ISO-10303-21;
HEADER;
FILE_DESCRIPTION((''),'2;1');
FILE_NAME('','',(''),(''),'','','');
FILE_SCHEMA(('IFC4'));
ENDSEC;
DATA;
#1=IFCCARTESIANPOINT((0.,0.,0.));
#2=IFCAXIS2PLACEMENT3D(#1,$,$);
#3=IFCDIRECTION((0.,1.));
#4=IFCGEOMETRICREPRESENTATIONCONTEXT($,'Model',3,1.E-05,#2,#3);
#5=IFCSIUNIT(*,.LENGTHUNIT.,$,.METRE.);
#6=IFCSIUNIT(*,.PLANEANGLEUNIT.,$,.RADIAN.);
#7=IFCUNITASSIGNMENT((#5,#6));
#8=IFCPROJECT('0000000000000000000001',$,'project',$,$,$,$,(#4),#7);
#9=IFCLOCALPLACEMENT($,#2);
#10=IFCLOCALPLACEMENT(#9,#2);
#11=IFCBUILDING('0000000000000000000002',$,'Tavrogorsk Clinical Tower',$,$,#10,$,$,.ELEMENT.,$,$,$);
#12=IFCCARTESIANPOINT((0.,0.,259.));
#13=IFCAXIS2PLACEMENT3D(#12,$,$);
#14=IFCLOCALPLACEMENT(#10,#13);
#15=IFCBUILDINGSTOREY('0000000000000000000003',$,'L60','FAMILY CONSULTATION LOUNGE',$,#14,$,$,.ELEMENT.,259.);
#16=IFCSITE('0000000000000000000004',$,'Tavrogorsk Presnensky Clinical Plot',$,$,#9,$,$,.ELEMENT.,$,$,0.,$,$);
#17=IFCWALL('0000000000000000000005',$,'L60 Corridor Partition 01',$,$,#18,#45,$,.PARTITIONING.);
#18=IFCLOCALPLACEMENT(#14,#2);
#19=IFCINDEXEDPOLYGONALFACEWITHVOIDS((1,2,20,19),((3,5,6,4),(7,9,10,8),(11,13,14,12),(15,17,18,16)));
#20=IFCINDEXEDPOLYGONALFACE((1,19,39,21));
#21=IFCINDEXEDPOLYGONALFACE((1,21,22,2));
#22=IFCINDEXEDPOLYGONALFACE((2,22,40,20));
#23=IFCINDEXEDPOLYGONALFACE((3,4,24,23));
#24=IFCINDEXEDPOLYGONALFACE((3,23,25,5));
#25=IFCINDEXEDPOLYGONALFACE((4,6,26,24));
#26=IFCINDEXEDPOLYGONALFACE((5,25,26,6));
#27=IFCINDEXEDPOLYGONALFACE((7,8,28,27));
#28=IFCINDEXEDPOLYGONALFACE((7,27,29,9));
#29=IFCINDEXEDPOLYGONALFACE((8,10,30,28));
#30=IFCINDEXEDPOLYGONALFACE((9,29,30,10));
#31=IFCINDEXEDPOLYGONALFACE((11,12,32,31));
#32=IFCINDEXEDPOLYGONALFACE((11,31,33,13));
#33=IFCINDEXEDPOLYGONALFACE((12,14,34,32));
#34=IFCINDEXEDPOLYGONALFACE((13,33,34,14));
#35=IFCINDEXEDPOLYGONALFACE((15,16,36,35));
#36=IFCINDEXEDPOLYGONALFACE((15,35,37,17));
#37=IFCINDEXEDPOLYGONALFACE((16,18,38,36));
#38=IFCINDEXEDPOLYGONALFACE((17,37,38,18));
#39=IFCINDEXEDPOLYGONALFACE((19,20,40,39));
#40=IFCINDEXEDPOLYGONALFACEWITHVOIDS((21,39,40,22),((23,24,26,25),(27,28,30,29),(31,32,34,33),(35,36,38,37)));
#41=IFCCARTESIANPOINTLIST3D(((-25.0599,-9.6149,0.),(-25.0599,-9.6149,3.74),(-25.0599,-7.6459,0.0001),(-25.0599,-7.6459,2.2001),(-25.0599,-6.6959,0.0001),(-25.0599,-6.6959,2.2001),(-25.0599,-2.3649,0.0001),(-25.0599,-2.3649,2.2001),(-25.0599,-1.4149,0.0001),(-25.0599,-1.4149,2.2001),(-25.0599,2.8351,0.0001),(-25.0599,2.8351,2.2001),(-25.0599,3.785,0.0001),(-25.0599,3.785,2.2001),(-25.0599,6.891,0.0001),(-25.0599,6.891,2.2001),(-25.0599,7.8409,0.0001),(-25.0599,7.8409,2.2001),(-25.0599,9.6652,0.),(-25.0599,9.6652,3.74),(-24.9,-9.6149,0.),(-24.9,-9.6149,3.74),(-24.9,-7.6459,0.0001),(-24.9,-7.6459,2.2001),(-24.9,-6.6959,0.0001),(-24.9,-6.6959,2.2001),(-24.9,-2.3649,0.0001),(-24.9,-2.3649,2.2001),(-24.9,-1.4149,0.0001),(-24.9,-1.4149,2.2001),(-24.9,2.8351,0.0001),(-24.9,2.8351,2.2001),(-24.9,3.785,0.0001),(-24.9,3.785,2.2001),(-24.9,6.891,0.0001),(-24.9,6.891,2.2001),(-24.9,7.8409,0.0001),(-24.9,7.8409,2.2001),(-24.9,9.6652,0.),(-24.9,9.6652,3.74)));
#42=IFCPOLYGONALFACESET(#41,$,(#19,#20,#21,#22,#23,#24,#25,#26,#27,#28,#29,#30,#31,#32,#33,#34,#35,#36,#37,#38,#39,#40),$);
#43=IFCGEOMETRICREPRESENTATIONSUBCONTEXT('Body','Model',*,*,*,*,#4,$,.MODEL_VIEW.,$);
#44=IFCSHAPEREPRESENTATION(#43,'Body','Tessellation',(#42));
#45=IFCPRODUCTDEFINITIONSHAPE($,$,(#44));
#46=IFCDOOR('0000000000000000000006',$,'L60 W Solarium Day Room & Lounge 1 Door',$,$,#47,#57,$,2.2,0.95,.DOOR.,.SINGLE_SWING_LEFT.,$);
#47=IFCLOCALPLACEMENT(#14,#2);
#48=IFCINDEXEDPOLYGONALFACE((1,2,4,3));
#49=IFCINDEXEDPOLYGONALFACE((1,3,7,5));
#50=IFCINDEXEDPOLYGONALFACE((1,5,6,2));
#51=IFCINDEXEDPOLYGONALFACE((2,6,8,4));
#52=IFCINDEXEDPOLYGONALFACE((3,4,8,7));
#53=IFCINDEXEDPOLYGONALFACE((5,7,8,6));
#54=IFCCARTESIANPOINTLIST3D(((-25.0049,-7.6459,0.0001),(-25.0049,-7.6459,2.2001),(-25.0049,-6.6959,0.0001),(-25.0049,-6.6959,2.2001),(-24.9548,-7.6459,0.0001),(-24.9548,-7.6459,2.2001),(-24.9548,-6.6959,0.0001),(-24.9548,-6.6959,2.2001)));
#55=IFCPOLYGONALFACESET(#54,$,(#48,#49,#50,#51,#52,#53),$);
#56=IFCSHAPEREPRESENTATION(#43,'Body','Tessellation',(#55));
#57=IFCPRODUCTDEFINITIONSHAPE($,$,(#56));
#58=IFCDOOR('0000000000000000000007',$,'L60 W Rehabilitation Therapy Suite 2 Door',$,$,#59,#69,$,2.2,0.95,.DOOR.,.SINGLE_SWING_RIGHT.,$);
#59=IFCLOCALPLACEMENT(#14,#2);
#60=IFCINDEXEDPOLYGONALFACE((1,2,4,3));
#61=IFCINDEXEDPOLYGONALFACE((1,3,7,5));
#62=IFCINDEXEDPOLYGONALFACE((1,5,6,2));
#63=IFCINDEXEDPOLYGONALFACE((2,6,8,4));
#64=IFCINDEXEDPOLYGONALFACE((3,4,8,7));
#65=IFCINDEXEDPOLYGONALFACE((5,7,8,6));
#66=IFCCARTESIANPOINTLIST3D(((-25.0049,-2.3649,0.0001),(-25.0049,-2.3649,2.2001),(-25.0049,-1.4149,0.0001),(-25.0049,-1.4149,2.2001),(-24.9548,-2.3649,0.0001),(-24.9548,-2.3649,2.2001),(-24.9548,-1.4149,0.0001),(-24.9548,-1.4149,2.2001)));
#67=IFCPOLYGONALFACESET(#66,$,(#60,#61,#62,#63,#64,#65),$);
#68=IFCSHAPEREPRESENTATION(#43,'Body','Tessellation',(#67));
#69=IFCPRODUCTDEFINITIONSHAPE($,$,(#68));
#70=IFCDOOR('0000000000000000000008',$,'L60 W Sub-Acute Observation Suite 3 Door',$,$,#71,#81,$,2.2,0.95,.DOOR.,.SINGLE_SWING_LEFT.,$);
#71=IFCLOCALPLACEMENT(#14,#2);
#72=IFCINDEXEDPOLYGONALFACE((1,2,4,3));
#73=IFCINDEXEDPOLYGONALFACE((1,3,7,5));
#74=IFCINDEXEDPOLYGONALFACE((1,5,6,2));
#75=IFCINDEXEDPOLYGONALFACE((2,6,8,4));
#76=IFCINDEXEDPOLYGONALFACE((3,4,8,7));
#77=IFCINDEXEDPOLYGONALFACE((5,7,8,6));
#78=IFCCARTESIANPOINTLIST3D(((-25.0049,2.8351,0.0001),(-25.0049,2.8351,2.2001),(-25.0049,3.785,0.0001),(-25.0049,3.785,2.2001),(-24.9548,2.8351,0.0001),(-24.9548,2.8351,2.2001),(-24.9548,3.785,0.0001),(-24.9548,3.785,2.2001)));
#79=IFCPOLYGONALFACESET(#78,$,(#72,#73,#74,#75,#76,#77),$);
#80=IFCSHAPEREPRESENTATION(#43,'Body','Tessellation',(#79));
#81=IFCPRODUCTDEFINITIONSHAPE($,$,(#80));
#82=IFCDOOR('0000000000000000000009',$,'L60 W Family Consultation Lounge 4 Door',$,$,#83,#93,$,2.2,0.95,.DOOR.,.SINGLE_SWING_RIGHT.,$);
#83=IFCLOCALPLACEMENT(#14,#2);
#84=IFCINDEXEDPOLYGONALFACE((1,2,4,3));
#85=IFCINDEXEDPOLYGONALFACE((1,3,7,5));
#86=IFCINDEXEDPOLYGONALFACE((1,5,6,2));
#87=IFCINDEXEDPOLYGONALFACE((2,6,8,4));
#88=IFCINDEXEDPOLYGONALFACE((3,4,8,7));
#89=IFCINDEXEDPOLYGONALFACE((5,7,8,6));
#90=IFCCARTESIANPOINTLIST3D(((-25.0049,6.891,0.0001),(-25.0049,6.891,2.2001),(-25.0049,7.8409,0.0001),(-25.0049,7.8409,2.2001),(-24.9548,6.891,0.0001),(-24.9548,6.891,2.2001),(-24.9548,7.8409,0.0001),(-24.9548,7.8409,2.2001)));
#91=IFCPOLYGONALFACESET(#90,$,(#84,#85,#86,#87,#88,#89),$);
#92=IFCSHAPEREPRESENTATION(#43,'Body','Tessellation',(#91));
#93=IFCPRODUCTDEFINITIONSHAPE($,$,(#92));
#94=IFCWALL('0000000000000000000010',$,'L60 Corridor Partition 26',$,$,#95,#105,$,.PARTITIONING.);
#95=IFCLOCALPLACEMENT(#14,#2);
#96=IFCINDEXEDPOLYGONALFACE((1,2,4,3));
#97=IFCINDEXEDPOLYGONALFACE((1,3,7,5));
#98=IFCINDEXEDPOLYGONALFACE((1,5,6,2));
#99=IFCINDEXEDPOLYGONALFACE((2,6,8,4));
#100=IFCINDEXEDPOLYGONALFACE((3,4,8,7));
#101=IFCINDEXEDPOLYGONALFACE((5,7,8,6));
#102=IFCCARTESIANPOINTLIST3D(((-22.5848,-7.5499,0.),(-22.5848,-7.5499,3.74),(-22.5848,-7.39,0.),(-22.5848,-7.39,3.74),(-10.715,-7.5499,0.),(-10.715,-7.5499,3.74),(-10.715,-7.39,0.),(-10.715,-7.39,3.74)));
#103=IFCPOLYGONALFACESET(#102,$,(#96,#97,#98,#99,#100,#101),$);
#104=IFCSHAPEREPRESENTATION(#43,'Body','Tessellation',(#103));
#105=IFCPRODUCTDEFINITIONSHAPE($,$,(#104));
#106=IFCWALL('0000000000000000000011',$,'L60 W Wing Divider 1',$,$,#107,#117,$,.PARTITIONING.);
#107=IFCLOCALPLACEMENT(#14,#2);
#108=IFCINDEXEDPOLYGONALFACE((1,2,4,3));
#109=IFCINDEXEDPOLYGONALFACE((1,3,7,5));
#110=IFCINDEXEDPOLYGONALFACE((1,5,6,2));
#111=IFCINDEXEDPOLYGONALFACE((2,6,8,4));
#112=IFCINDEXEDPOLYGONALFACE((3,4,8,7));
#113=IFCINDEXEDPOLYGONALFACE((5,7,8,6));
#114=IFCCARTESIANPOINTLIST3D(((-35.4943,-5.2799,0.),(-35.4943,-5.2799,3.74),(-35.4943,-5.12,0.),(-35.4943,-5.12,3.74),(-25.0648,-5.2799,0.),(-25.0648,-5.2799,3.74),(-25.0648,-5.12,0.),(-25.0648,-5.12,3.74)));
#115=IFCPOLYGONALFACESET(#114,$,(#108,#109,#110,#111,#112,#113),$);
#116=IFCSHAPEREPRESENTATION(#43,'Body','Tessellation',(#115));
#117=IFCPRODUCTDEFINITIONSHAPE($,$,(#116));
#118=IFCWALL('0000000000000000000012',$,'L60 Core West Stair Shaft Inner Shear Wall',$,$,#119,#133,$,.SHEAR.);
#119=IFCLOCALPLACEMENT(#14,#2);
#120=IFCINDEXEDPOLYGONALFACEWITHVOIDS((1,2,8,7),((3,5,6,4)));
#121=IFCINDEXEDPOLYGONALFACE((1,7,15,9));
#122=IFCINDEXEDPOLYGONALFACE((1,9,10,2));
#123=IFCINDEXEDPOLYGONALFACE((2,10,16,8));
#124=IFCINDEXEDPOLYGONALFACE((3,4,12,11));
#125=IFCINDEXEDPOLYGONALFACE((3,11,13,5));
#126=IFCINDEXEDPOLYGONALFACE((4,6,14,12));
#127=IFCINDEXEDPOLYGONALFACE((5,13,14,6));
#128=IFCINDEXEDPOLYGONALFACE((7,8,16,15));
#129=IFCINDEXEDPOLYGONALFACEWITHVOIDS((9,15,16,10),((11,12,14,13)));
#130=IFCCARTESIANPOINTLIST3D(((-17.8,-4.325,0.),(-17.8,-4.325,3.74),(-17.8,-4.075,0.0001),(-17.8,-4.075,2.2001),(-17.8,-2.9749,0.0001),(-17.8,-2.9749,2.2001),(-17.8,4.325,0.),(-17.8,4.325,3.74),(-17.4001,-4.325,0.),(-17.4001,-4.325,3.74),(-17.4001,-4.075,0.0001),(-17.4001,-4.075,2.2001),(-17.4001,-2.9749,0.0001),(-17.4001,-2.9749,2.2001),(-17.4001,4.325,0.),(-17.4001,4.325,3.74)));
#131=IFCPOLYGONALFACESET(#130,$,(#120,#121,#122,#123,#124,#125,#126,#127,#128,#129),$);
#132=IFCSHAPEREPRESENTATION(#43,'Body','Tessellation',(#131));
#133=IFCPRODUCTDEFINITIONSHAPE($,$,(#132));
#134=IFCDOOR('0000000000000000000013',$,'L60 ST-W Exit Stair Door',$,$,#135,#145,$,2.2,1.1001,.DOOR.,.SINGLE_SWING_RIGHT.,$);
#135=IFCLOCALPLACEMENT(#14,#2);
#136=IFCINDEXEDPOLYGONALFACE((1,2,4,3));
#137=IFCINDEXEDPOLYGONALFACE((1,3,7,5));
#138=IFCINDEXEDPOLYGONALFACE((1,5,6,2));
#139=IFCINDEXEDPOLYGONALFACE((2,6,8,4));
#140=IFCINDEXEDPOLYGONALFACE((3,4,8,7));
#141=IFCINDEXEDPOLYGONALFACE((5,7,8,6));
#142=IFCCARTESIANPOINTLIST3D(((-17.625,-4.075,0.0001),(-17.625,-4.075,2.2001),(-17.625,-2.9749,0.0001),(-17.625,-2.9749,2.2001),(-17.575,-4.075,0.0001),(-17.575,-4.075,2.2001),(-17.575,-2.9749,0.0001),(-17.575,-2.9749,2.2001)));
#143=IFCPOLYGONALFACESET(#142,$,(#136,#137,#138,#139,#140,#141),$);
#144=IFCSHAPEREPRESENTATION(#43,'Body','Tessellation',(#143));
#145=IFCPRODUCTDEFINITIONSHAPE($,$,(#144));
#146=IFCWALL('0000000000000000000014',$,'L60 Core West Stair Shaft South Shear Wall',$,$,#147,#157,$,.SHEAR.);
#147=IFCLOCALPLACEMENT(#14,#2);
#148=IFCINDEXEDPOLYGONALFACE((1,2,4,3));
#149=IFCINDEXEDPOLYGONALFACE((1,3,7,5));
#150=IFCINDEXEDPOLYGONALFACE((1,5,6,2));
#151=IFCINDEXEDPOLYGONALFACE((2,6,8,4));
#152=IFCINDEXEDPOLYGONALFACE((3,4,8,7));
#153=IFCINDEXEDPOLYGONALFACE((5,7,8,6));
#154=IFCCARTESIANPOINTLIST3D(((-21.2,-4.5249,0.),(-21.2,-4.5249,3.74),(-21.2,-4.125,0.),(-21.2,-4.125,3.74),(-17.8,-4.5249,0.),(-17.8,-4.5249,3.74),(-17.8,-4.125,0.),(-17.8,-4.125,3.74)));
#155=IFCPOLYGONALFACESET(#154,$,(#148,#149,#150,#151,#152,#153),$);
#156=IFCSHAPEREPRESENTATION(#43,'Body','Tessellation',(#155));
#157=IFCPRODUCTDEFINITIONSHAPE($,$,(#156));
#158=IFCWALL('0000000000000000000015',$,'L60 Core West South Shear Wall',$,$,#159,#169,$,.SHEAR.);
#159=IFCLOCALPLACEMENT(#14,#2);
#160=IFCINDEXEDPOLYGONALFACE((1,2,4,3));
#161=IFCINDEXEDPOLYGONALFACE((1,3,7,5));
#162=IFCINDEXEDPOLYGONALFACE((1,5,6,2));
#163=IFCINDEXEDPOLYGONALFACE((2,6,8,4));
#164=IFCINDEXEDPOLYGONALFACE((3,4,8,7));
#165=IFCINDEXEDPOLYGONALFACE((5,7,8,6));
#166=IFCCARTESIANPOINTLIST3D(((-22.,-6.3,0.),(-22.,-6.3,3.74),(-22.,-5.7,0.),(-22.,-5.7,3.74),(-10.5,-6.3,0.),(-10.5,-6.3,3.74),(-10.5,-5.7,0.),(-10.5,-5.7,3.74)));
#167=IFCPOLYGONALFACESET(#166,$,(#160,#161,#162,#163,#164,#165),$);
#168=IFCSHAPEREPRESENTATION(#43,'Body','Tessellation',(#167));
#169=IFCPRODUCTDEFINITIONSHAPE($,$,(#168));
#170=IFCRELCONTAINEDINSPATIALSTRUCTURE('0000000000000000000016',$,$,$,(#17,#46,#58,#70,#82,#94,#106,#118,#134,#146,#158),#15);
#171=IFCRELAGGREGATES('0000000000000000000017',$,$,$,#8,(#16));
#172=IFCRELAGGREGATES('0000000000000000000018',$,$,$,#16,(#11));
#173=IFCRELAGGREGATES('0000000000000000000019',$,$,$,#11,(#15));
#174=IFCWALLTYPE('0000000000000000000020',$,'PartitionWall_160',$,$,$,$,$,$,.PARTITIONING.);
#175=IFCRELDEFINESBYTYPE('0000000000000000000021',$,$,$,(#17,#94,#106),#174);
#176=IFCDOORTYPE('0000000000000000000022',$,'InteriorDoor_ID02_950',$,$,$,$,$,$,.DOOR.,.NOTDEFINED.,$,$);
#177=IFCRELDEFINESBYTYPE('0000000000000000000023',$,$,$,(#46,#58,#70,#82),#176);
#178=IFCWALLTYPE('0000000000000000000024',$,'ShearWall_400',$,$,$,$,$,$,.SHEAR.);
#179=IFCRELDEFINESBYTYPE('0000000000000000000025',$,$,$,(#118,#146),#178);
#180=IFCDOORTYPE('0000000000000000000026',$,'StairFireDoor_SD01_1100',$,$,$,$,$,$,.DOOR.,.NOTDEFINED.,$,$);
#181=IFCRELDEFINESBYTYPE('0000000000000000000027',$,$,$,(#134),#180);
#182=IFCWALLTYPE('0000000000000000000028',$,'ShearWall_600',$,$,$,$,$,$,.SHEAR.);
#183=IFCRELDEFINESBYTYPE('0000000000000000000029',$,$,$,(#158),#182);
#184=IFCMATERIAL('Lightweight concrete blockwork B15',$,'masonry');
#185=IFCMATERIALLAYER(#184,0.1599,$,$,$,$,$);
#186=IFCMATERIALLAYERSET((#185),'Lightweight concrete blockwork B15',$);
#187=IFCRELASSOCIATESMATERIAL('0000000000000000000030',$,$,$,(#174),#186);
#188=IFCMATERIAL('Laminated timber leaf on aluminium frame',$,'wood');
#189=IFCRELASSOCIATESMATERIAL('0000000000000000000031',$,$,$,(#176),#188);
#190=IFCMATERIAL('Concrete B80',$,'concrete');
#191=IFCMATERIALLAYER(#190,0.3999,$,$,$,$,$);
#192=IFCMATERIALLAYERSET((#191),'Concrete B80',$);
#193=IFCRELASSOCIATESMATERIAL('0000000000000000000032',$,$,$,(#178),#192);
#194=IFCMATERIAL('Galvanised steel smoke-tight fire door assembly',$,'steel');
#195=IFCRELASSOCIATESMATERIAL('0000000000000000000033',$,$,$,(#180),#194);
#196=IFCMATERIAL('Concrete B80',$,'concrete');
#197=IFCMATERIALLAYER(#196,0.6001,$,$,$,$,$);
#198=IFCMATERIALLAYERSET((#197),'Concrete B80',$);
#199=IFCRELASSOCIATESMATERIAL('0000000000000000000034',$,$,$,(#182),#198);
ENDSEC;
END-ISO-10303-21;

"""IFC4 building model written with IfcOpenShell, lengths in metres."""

from ifc_helpers import new_model, si_unit, direction, frame, frame_2d, origin, place, context, subcontext, project, spatial, rectangle, extrude, material, layer, layer_set, type_object, element, fill, save


model = new_model("IFC4")

# Units and contexts
model_context = context("Model", 3, precision=1e-05, world=origin(), true_north=direction((0.0, 1.0)))
body_context = subcontext(model_context, "Body", "Model", "MODEL_VIEW")
ifc_project = project(units=[si_unit("LENGTHUNIT", "METRE"), si_unit("PLANEANGLEUNIT", "RADIAN")], contexts=[model_context])

# Site, building, storey
site_placement = place(None, origin())
site = spatial("IfcSite", under=ifc_project, at=site_placement, Name="Tavrogorsk Presnensky Clinical Plot", CompositionType="ELEMENT", RefElevation=0.0)
building_placement = place(site_placement, origin())
building = spatial("IfcBuilding", under=site, at=building_placement, Name="Tavrogorsk Clinical Tower", CompositionType="ELEMENT")
storey_placement = place(building_placement, frame((0.0, 0.0, 259.0)))
storey = spatial("IfcBuildingStorey", under=building, at=storey_placement, Name="L60", Description="FAMILY CONSULTATION LOUNGE", CompositionType="ELEMENT", Elevation=259.0)

# Wall, openings, doors
ifc_material_1 = material(Name="Lightweight concrete blockwork B15", Category="masonry")
ifc_layer_1 = layer(ifc_material_1, 0.1599)
ifc_layer_set_1 = layer_set([ifc_layer_1], Name="Lightweight concrete blockwork B15")
wall_type_1 = type_object("IfcWallType", Name="PartitionWall_160", PredefinedType="PARTITIONING", material=ifc_layer_set_1)
wall_1_placement = place(storey_placement, frame((-24.98, -9.615, 0.0), z_axis=(0.0, 0.0, 1.0), x_axis=(0.0, 1.0, 0.0)))
wall_1 = element("IfcWall", 1, at=wall_1_placement, inside=storey, type_object=wall_type_1, Name="L60 Corridor Partition 01", PredefinedType="PARTITIONING", context=body_context, shape_type="SweptSolid", body=[
    extrude(rectangle(XDim=19.28, YDim=0.1599, at=frame_2d((9.6401, 0.0))), origin(), (0.0, 0.0, 1.0), 3.74),
])
opening_1_placement = place(wall_1_placement, frame((1.969, 0.0, 0.0)))
opening_1 = element("IfcOpeningElement", 2, at=opening_1_placement, cuts=wall_1, PredefinedType="OPENING", context=body_context, shape_type="SweptSolid", body=[
    extrude(rectangle(XDim=0.95, YDim=2.2, at=frame_2d((0.4751, 1.1001))), frame((0.0, 0.0898, 0.0), z_axis=(0.0, -1.0, 0.0), x_axis=(1.0, 0.0, 0.0)), (0.0, 0.0, 1.0), 0.1799),
])
opening_2_placement = place(wall_1_placement, frame((7.25, 0.0, 0.0)))
opening_2 = element("IfcOpeningElement", 3, at=opening_2_placement, cuts=wall_1, PredefinedType="OPENING", context=body_context, shape_type="SweptSolid", body=[
    extrude(rectangle(XDim=0.95, YDim=2.2, at=frame_2d((0.4751, 1.1001))), frame((0.0, 0.0898, 0.0), z_axis=(0.0, -1.0, 0.0), x_axis=(1.0, 0.0, 0.0)), (0.0, 0.0, 1.0), 0.1799),
])
opening_3_placement = place(wall_1_placement, frame((12.45, 0.0, 0.0)))
opening_3 = element("IfcOpeningElement", 4, at=opening_3_placement, cuts=wall_1, PredefinedType="OPENING", context=body_context, shape_type="SweptSolid", body=[
    extrude(rectangle(XDim=0.95, YDim=2.2, at=frame_2d((0.4751, 1.1001))), frame((0.0, 0.0898, 0.0), z_axis=(0.0, -1.0, 0.0), x_axis=(1.0, 0.0, 0.0)), (0.0, 0.0, 1.0), 0.1799),
])
opening_4_placement = place(wall_1_placement, frame((16.5059, 0.0, 0.0)))
opening_4 = element("IfcOpeningElement", 5, at=opening_4_placement, cuts=wall_1, PredefinedType="OPENING", context=body_context, shape_type="SweptSolid", body=[
    extrude(rectangle(XDim=0.95, YDim=2.2, at=frame_2d((0.4751, 1.1001))), frame((0.0, 0.0898, 0.0), z_axis=(0.0, -1.0, 0.0), x_axis=(1.0, 0.0, 0.0)), (0.0, 0.0, 1.0), 0.1799),
])
ifc_material_2 = material(Name="Laminated timber leaf on aluminium frame", Category="wood")
door_type_1 = type_object("IfcDoorType", Name="InteriorDoor_ID02_950", OperationType="NOTDEFINED", PredefinedType="DOOR", material=ifc_material_2)
door_1_placement = place(opening_1_placement, origin())
door_1 = element("IfcDoor", 6, at=door_1_placement, inside=storey, type_object=door_type_1, Name="L60 W Solarium Day Room & Lounge 1 Door", OperationType="SINGLE_SWING_LEFT", OverallHeight=2.2, OverallWidth=0.95, PredefinedType="DOOR", context=body_context, shape_type="SweptSolid", body=[
    extrude(rectangle(XDim=0.95, YDim=2.2, at=frame_2d((0.4751, 1.1001))), frame((0.0, 0.0249, 0.0), z_axis=(0.0, -1.0, 0.0), x_axis=(1.0, 0.0, 0.0)), (0.0, 0.0, 1.0), 0.05),
])
fill(opening_1, door_1)
door_2_placement = place(opening_2_placement, origin())
door_2 = element("IfcDoor", 7, at=door_2_placement, inside=storey, type_object=door_type_1, Name="L60 W Rehabilitation Therapy Suite 2 Door", OperationType="SINGLE_SWING_RIGHT", OverallHeight=2.2, OverallWidth=0.95, PredefinedType="DOOR", context=body_context, shape_type="SweptSolid", body=[
    extrude(rectangle(XDim=0.95, YDim=2.2, at=frame_2d((0.4751, 1.1001))), frame((0.0, 0.0249, 0.0), z_axis=(0.0, -1.0, 0.0), x_axis=(1.0, 0.0, 0.0)), (0.0, 0.0, 1.0), 0.05),
])
fill(opening_2, door_2)
door_3_placement = place(opening_3_placement, origin())
door_3 = element("IfcDoor", 8, at=door_3_placement, inside=storey, type_object=door_type_1, Name="L60 W Sub-Acute Observation Suite 3 Door", OperationType="SINGLE_SWING_LEFT", OverallHeight=2.2, OverallWidth=0.95, PredefinedType="DOOR", context=body_context, shape_type="SweptSolid", body=[
    extrude(rectangle(XDim=0.95, YDim=2.2, at=frame_2d((0.4751, 1.1001))), frame((0.0, 0.0249, 0.0), z_axis=(0.0, -1.0, 0.0), x_axis=(1.0, 0.0, 0.0)), (0.0, 0.0, 1.0), 0.05),
])
fill(opening_3, door_3)
door_4_placement = place(opening_4_placement, origin())
door_4 = element("IfcDoor", 9, at=door_4_placement, inside=storey, type_object=door_type_1, Name="L60 W Family Consultation Lounge 4 Door", OperationType="SINGLE_SWING_RIGHT", OverallHeight=2.2, OverallWidth=0.95, PredefinedType="DOOR", context=body_context, shape_type="SweptSolid", body=[
    extrude(rectangle(XDim=0.95, YDim=2.2, at=frame_2d((0.4751, 1.1001))), frame((0.0, 0.0249, 0.0), z_axis=(0.0, -1.0, 0.0), x_axis=(1.0, 0.0, 0.0)), (0.0, 0.0, 1.0), 0.05),
])
fill(opening_4, door_4)

# Walls
wall_2_placement = place(storey_placement, frame((-22.585, -7.47, 0.0), z_axis=(0.0, 0.0, 1.0), x_axis=(1.0, 0.0, 0.0)))
element("IfcWall", 10, at=wall_2_placement, inside=storey, type_object=wall_type_1, Name="L60 Corridor Partition 26", PredefinedType="PARTITIONING", context=body_context, shape_type="SweptSolid", body=[
    extrude(rectangle(XDim=11.8699, YDim=0.1599, at=frame_2d((5.9351, 0.0))), origin(), (0.0, 0.0, 1.0), 3.74),
])
wall_3_placement = place(storey_placement, frame((-35.4944, -5.2, 0.0), z_axis=(0.0, 0.0, 1.0), x_axis=(1.0, 0.0, 0.0)))
element("IfcWall", 11, at=wall_3_placement, inside=storey, type_object=wall_type_1, Name="L60 W Wing Divider 1", PredefinedType="PARTITIONING", context=body_context, shape_type="SweptSolid", body=[
    extrude(rectangle(XDim=10.4294, YDim=0.1599, at=frame_2d((5.2148, 0.0))), origin(), (0.0, 0.0, 1.0), 3.74),
])

# Wall, opening, door
ifc_material_3 = material(Name="Concrete B80", Category="concrete")
ifc_layer_2 = layer(ifc_material_3, 0.3999)
ifc_layer_set_2 = layer_set([ifc_layer_2], Name="Concrete B80")
wall_type_2 = type_object("IfcWallType", Name="ShearWall_400", PredefinedType="SHEAR", material=ifc_layer_set_2)
wall_4_placement = place(storey_placement, frame((-17.6001, -4.325, 0.0), z_axis=(0.0, 0.0, 1.0), x_axis=(0.0, 1.0, 0.0)))
wall_4 = element("IfcWall", 12, at=wall_4_placement, inside=storey, type_object=wall_type_2, Name="L60 Core West Stair Shaft Inner Shear Wall", PredefinedType="SHEAR", context=body_context, shape_type="SweptSolid", body=[
    extrude(rectangle(XDim=8.6499, YDim=0.3999, at=frame_2d((4.325, 0.0))), origin(), (0.0, 0.0, 1.0), 3.74),
])
opening_5_placement = place(wall_4_placement, frame((0.25, 0.0, 0.0)))
opening_5 = element("IfcOpeningElement", 13, at=opening_5_placement, cuts=wall_4, PredefinedType="OPENING", context=body_context, shape_type="SweptSolid", body=[
    extrude(rectangle(XDim=1.1001, YDim=2.2, at=frame_2d((0.55, 1.1001))), frame((0.0, 0.21, 0.0), z_axis=(0.0, -1.0, 0.0), x_axis=(1.0, 0.0, 0.0)), (0.0, 0.0, 1.0), 0.4199),
])
ifc_material_4 = material(Name="Galvanised steel smoke-tight fire door assembly", Category="steel")
door_type_2 = type_object("IfcDoorType", Name="StairFireDoor_SD01_1100", OperationType="NOTDEFINED", PredefinedType="DOOR", material=ifc_material_4)
door_5_placement = place(opening_5_placement, origin())
door_5 = element("IfcDoor", 14, at=door_5_placement, inside=storey, type_object=door_type_2, Name="L60 ST-W Exit Stair Door", OperationType="SINGLE_SWING_RIGHT", OverallHeight=2.2, OverallWidth=1.1001, PredefinedType="DOOR", context=body_context, shape_type="SweptSolid", body=[
    extrude(rectangle(XDim=1.1001, YDim=2.2, at=frame_2d((0.55, 1.1001))), frame((0.0, 0.0249, 0.0), z_axis=(0.0, -1.0, 0.0), x_axis=(1.0, 0.0, 0.0)), (0.0, 0.0, 1.0), 0.05),
])
fill(opening_5, door_5)

# Walls
wall_5_placement = place(storey_placement, frame((-21.2, -4.325, 0.0), z_axis=(0.0, 0.0, 1.0), x_axis=(1.0, 0.0, 0.0)))
element("IfcWall", 15, at=wall_5_placement, inside=storey, type_object=wall_type_2, Name="L60 Core West Stair Shaft South Shear Wall", PredefinedType="SHEAR", context=body_context, shape_type="SweptSolid", body=[
    extrude(rectangle(XDim=3.3999, YDim=0.3999, at=frame_2d((1.7, 0.0))), origin(), (0.0, 0.0, 1.0), 3.74),
])
ifc_material_5 = material(Name="Concrete B80", Category="concrete")
ifc_layer_3 = layer(ifc_material_5, 0.6001)
ifc_layer_set_3 = layer_set([ifc_layer_3], Name="Concrete B80")
wall_type_3 = type_object("IfcWallType", Name="ShearWall_600", PredefinedType="SHEAR", material=ifc_layer_set_3)
wall_6_placement = place(storey_placement, frame((-22.0, -6.0, 0.0), z_axis=(0.0, 0.0, 1.0), x_axis=(1.0, 0.0, 0.0)))
element("IfcWall", 16, at=wall_6_placement, inside=storey, type_object=wall_type_3, Name="L60 Core West South Shear Wall", PredefinedType="SHEAR", context=body_context, shape_type="SweptSolid", body=[
    extrude(rectangle(XDim=11.5, YDim=0.6001, at=frame_2d((5.75, 0.0))), origin(), (0.0, 0.0, 1.0), 3.74),
])

save(model, "model.ifc")
